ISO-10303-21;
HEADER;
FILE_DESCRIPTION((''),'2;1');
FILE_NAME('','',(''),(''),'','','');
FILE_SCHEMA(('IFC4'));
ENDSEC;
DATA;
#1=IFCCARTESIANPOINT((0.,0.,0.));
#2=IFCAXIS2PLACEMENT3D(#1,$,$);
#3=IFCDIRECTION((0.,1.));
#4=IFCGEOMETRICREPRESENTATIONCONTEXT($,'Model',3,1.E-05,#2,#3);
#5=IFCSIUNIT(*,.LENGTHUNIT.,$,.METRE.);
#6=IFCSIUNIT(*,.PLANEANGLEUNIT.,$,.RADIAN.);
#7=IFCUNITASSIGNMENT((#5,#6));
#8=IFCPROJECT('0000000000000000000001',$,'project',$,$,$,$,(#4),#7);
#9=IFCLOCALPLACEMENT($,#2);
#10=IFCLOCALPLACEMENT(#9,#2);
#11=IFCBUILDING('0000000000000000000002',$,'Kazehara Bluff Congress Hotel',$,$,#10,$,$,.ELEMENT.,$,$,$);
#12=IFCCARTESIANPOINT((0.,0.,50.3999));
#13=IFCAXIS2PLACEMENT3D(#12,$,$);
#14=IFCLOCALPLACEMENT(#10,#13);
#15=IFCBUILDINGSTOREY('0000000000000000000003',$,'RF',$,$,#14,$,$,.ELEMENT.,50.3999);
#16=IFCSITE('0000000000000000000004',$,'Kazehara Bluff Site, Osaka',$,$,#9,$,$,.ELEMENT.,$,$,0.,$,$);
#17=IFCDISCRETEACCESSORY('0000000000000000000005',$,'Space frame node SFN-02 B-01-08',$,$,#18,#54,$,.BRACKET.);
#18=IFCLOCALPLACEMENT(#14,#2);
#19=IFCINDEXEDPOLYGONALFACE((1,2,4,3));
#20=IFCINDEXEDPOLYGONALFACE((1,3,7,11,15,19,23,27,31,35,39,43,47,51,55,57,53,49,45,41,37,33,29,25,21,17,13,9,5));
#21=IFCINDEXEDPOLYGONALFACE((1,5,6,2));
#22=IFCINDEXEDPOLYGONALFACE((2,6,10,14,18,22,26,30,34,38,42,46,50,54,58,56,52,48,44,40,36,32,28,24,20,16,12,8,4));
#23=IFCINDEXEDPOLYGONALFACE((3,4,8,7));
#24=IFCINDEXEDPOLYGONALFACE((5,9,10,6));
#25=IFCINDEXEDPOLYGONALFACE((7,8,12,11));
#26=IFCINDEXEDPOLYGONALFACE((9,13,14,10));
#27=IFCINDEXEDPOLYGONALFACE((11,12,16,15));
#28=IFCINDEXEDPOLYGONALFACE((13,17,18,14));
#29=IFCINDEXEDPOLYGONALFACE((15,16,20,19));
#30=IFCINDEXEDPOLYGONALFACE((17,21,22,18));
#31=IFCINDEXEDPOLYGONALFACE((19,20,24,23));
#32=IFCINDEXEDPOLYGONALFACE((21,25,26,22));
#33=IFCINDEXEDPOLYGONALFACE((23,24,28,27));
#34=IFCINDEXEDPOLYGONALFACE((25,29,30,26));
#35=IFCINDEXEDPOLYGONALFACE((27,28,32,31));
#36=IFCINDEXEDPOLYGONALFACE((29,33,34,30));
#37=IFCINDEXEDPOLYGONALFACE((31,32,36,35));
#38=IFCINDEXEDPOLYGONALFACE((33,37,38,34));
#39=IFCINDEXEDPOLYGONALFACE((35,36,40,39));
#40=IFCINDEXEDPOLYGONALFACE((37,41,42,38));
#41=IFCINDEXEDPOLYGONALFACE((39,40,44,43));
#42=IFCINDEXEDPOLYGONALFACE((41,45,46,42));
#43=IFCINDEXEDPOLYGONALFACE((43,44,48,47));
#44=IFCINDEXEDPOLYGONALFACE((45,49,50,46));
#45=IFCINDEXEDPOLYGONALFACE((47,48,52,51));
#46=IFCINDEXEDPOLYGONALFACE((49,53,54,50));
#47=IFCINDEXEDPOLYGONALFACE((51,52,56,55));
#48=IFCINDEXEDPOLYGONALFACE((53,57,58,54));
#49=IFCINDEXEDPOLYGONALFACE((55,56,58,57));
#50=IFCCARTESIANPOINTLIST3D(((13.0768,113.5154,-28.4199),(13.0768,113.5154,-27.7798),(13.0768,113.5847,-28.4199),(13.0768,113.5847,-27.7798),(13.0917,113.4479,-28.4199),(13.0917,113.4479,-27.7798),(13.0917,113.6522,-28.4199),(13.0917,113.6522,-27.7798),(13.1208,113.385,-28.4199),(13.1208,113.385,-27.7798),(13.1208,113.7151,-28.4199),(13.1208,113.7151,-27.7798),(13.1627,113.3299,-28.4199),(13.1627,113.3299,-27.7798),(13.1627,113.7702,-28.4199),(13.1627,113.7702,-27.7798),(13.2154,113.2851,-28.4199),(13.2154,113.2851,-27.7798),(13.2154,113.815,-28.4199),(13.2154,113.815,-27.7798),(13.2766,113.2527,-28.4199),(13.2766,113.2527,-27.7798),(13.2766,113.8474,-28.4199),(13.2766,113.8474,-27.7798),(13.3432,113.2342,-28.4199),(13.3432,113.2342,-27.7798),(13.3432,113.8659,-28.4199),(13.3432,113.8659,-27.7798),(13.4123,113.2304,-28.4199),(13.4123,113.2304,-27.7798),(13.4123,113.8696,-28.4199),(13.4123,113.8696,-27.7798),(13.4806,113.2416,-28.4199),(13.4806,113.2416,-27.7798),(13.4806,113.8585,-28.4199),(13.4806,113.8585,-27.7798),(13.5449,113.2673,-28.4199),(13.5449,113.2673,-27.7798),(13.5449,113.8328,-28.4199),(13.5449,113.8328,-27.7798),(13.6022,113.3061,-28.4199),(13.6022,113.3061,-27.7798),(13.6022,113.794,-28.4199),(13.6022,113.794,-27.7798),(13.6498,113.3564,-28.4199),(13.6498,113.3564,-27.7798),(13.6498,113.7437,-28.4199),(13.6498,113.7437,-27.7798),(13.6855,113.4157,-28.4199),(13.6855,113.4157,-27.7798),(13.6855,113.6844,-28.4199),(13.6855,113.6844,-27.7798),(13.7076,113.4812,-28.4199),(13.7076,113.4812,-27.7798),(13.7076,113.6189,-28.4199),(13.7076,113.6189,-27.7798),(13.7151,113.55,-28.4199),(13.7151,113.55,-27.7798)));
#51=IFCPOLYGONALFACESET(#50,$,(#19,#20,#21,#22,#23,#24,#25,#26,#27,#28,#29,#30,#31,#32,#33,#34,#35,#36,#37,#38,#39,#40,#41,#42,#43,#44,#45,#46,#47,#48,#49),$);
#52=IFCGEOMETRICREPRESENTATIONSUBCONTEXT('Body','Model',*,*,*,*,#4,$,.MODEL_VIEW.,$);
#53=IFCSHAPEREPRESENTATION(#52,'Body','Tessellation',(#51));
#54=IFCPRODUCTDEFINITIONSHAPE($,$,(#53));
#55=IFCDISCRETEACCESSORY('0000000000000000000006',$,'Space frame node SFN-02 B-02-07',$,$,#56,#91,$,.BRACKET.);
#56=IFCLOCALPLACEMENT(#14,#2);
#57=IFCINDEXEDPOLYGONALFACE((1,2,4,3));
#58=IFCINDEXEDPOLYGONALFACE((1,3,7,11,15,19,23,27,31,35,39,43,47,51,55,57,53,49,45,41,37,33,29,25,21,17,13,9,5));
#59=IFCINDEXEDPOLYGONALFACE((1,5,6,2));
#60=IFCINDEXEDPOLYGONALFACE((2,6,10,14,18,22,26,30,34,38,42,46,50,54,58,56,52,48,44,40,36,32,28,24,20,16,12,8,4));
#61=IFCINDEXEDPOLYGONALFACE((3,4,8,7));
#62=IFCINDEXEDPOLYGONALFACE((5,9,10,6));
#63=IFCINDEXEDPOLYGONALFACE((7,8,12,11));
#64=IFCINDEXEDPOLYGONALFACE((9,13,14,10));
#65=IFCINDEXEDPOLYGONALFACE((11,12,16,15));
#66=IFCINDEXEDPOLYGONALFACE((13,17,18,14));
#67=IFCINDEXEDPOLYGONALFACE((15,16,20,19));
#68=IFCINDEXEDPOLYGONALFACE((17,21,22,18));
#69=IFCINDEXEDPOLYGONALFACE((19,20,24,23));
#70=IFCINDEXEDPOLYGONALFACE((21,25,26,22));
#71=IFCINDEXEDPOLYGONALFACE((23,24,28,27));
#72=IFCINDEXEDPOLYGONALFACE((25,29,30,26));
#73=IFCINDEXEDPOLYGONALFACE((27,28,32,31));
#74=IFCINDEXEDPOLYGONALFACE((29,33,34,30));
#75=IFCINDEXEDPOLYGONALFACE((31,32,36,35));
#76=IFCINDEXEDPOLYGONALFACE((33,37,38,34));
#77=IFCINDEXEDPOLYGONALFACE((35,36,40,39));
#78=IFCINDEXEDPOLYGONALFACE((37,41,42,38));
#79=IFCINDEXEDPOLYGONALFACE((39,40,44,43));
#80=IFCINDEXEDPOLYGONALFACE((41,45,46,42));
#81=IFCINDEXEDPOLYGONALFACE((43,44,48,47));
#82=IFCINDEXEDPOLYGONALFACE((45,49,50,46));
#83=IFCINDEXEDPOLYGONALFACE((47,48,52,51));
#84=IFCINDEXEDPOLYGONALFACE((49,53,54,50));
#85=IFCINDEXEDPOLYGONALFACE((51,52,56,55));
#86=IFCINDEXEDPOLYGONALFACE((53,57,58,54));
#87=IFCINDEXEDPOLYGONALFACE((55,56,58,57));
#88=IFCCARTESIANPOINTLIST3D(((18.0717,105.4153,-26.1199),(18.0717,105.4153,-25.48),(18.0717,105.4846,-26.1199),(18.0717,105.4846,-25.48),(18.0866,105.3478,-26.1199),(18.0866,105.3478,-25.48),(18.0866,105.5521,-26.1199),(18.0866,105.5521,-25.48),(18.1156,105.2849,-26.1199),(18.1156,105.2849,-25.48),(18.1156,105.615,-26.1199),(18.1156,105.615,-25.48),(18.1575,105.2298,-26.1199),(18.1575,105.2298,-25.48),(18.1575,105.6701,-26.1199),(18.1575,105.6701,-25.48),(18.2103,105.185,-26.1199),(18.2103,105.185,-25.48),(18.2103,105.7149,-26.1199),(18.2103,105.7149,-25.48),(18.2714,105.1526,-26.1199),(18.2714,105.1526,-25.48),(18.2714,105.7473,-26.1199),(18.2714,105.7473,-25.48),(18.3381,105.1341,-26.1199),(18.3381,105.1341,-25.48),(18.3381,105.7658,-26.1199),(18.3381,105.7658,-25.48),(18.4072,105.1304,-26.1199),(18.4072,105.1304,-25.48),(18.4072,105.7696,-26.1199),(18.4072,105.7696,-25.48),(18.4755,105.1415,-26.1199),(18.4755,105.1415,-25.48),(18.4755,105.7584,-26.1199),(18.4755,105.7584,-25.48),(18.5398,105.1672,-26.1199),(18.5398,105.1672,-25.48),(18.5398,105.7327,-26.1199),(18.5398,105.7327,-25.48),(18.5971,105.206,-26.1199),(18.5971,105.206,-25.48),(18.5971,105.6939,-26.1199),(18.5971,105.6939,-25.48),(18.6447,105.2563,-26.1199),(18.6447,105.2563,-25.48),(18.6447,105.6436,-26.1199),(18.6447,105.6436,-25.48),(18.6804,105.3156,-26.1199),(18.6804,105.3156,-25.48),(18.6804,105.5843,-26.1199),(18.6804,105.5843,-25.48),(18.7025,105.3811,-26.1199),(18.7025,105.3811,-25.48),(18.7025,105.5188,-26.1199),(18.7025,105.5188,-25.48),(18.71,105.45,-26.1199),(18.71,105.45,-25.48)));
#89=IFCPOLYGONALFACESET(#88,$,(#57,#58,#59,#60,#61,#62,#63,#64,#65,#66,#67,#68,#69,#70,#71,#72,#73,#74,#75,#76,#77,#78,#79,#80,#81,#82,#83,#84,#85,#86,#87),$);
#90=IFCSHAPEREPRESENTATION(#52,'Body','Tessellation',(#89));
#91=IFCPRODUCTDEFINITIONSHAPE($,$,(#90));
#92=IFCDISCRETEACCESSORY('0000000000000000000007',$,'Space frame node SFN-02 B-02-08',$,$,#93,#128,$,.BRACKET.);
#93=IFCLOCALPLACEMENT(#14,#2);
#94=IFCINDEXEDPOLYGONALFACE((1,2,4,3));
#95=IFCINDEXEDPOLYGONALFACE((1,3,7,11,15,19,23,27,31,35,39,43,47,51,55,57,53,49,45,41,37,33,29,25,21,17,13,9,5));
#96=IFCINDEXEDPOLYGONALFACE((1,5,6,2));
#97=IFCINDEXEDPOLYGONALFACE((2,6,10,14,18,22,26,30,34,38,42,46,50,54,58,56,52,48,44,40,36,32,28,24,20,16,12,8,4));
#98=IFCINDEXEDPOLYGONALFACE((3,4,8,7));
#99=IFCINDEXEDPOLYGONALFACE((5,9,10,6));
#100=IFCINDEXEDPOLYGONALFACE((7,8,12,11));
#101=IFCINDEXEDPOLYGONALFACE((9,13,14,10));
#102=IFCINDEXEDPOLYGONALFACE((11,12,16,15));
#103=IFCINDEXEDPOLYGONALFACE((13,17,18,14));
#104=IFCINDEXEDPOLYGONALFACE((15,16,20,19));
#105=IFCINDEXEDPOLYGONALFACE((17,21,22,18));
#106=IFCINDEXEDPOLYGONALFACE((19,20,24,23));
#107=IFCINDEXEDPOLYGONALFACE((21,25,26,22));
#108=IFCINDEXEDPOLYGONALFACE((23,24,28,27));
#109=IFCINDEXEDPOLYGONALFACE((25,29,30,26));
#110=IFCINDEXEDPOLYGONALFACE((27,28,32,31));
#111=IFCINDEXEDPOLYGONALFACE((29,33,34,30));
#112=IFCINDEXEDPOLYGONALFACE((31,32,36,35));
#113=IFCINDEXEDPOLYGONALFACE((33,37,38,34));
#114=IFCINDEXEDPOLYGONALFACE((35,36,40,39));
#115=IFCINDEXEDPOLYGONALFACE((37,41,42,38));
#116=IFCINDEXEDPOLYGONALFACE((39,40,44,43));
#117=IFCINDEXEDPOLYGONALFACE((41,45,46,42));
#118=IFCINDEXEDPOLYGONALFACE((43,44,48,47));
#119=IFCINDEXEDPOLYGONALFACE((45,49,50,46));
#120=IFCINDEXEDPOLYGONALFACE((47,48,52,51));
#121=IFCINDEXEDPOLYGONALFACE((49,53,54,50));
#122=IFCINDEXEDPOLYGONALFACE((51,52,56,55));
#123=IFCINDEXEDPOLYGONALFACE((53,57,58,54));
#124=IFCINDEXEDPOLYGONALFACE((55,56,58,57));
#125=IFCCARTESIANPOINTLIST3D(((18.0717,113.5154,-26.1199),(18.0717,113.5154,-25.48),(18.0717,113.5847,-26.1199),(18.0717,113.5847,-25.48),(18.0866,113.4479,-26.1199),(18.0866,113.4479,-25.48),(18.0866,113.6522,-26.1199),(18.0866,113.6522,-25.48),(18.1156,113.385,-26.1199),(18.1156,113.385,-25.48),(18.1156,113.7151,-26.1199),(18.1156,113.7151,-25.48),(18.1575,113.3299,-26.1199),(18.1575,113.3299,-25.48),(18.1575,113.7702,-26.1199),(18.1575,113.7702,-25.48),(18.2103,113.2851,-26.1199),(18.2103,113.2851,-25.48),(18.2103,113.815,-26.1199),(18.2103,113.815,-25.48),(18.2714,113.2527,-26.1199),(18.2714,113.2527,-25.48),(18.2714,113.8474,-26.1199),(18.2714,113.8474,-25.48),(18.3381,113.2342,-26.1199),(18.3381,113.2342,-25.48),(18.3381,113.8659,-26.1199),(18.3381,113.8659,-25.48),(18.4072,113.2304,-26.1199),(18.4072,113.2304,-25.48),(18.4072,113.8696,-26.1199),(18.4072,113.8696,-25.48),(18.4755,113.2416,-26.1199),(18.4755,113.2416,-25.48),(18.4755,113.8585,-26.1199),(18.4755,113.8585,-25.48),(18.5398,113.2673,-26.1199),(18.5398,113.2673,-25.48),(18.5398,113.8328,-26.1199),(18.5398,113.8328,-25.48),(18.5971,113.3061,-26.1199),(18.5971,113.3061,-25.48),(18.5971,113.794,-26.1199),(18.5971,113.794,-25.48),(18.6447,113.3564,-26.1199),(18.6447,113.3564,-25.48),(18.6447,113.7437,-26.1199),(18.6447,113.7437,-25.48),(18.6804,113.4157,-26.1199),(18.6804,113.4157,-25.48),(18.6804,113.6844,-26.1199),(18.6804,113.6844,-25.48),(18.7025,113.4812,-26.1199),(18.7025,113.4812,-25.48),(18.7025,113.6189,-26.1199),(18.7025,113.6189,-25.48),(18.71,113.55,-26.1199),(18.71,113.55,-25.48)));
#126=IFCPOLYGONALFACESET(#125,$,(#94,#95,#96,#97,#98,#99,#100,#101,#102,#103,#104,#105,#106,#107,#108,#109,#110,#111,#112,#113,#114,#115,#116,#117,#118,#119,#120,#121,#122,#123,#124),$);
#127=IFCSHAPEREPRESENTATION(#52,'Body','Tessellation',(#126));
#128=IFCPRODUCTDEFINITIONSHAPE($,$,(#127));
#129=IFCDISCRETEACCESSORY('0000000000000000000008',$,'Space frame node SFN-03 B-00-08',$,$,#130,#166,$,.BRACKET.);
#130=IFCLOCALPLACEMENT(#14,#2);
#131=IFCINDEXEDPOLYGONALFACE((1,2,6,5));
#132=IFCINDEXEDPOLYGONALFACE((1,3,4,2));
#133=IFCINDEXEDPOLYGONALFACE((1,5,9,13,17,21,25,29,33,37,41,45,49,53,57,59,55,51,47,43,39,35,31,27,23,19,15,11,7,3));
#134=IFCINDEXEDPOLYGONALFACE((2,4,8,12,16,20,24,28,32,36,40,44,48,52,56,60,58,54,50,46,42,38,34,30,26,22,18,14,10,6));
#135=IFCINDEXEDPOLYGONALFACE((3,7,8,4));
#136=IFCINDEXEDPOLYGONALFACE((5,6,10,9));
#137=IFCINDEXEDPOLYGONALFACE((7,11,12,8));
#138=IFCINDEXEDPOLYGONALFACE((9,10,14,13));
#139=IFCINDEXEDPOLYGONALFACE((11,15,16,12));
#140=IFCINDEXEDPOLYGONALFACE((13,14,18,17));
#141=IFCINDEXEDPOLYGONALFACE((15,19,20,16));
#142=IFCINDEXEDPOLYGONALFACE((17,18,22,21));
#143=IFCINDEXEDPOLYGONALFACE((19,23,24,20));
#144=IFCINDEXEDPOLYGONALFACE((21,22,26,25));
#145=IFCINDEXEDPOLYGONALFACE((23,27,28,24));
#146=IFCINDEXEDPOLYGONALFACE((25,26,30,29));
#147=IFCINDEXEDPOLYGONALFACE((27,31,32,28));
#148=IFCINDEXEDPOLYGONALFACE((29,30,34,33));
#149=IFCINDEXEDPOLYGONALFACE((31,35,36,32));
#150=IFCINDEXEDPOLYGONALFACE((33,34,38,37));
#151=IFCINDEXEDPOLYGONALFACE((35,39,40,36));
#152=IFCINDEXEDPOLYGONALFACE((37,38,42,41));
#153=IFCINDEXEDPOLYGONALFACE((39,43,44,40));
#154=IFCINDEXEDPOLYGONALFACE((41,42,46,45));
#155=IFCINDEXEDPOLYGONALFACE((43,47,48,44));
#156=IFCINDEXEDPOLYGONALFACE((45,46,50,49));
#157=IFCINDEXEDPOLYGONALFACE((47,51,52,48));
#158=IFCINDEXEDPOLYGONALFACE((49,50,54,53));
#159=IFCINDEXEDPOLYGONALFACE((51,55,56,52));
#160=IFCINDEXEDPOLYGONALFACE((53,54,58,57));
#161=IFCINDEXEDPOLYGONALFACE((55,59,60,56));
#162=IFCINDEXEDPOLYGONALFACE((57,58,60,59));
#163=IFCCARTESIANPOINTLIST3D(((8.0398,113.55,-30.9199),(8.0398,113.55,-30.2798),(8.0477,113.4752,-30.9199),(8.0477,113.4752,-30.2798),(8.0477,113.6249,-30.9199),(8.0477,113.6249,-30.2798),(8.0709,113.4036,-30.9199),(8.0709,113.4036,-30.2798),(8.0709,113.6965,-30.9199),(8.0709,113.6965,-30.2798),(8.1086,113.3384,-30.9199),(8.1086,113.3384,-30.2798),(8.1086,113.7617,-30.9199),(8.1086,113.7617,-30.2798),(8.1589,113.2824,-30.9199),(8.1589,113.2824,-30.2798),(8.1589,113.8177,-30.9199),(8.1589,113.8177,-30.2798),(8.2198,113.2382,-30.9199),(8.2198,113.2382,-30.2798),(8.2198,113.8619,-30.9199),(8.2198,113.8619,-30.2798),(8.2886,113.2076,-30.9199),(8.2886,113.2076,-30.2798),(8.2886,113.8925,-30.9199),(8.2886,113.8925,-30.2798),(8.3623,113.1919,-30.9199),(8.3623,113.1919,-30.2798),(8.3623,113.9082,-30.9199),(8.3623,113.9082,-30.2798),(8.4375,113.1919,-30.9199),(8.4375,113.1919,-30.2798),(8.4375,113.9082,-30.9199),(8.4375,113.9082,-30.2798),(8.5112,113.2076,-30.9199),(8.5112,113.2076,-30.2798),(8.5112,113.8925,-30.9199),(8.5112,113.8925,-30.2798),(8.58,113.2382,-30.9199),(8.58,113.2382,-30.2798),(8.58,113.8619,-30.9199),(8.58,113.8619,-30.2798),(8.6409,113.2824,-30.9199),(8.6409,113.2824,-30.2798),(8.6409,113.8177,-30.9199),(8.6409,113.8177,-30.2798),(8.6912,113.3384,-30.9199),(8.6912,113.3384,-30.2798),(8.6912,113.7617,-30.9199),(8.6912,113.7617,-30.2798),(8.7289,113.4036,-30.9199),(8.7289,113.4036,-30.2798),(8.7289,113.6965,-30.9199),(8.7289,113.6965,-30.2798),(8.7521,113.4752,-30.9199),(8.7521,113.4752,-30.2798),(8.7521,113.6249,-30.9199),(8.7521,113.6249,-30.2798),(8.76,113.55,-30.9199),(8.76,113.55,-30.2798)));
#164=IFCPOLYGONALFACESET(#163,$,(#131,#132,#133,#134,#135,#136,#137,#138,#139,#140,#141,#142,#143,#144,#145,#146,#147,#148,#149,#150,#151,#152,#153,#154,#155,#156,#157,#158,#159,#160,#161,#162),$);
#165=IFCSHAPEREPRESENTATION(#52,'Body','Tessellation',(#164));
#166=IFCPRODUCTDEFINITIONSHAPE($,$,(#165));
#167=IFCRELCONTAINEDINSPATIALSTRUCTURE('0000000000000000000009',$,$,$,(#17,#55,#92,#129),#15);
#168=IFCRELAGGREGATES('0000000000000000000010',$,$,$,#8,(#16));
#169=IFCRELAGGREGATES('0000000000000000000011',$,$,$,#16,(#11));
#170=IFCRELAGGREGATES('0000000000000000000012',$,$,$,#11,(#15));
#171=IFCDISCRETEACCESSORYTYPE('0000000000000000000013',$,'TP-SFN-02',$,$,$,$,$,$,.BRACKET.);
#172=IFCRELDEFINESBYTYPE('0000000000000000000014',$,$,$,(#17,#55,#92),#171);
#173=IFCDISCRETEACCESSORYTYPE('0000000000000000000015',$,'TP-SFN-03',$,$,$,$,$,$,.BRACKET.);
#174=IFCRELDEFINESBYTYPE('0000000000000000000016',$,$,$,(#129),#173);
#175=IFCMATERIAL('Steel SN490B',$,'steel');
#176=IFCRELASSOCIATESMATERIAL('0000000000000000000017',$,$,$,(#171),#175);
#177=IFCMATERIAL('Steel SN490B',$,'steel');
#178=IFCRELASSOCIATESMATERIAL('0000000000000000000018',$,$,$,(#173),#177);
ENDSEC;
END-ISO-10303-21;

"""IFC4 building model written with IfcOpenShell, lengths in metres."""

from ifc_helpers import new_model, si_unit, direction, frame, origin, origin_2d, place, context, subcontext, project, spatial, circle, extrude, material, material_profile, profile_set, type_object, element, save


model = new_model("IFC4")

# Units and contexts
model_context = context("Model", 3, precision=1e-05, world=origin(), true_north=direction((0.0, 1.0)))
body_context = subcontext(model_context, "Body", "Model", "MODEL_VIEW")
ifc_project = project(units=[si_unit("LENGTHUNIT", "METRE"), si_unit("PLANEANGLEUNIT", "RADIAN")], contexts=[model_context])

# Site, building, storey
site_placement = place(None, origin())
site = spatial("IfcSite", under=ifc_project, at=site_placement, Name="Kazehara Bluff Site, Osaka", CompositionType="ELEMENT", RefElevation=0.0)
building_placement = place(site_placement, origin())
building = spatial("IfcBuilding", under=site, at=building_placement, Name="Kazehara Bluff Congress Hotel", CompositionType="ELEMENT")
storey_placement = place(building_placement, frame((0.0, 0.0, 50.3999)))
storey = spatial("IfcBuildingStorey", under=building, at=storey_placement, Name="RF", CompositionType="ELEMENT", Elevation=50.3999)

# Discrete accessories
ifc_material_1 = material(Name="Steel SN490B", Category="steel")
ifc_material_profile_1 = material_profile(ifc_material_1, circle(Radius=0.3201, at=origin_2d()))
ifc_profile_set_1 = profile_set([ifc_material_profile_1], Name="Steel SN490B")
discrete_accessory_type_1 = type_object("IfcDiscreteAccessoryType", Name="TP-SFN-02", PredefinedType="BRACKET", material=ifc_profile_set_1)
discrete_accessory_1_placement = place(storey_placement, frame((13.395, 113.55, -28.4199), z_axis=(0.0, 0.0, 1.0), x_axis=(1.0, 0.0, 0.0)))
element("IfcDiscreteAccessory", 1, at=discrete_accessory_1_placement, inside=storey, type_object=discrete_accessory_type_1, Name="Space frame node SFN-02 B-01-08", PredefinedType="BRACKET", context=body_context, shape_type="SweptSolid", body=[
    extrude(circle(Radius=0.3201, at=origin_2d()), origin(), (0.0, 0.0, 1.0), 0.6401),
])
for number, where, z_axis, x_axis, name in (
    (2, (18.3899, 105.45, -26.1199), (0.0, 0.0, 1.0), (1.0, 0.0, 0.0), "Space frame node SFN-02 B-02-07"),
    (3, (18.3899, 113.55, -26.1199), (0.0, 0.0, 1.0), (1.0, 0.0, 0.0), "Space frame node SFN-02 B-02-08"),
):
    element("IfcDiscreteAccessory", number, at=place(storey_placement, frame(where, z_axis=z_axis, x_axis=x_axis)), inside=storey, type_object=discrete_accessory_type_1, Name=name, PredefinedType="BRACKET", context=body_context, shape_type="SweptSolid", body=[
        extrude(circle(Radius=0.3201, at=origin_2d()), origin(), (0.0, 0.0, 1.0), 0.6399),
    ])
ifc_material_2 = material(Name="Steel SN490B", Category="steel")
ifc_material_profile_2 = material_profile(ifc_material_2, circle(Radius=0.3601, at=origin_2d()))
ifc_profile_set_2 = profile_set([ifc_material_profile_2], Name="Steel SN490B")
discrete_accessory_type_2 = type_object("IfcDiscreteAccessoryType", Name="TP-SFN-03", PredefinedType="BRACKET", material=ifc_profile_set_2)
discrete_accessory_2_placement = place(storey_placement, frame((8.3999, 113.55, -30.9199), z_axis=(0.0, 0.0, 1.0), x_axis=(1.0, 0.0, 0.0)))
element("IfcDiscreteAccessory", 4, at=discrete_accessory_2_placement, inside=storey, type_object=discrete_accessory_type_2, Name="Space frame node SFN-03 B-00-08", PredefinedType="BRACKET", context=body_context, shape_type="SweptSolid", body=[
    extrude(circle(Radius=0.3601, at=origin_2d()), origin(), (0.0, 0.0, 1.0), 0.6401),
])

save(model, "model.ifc")
